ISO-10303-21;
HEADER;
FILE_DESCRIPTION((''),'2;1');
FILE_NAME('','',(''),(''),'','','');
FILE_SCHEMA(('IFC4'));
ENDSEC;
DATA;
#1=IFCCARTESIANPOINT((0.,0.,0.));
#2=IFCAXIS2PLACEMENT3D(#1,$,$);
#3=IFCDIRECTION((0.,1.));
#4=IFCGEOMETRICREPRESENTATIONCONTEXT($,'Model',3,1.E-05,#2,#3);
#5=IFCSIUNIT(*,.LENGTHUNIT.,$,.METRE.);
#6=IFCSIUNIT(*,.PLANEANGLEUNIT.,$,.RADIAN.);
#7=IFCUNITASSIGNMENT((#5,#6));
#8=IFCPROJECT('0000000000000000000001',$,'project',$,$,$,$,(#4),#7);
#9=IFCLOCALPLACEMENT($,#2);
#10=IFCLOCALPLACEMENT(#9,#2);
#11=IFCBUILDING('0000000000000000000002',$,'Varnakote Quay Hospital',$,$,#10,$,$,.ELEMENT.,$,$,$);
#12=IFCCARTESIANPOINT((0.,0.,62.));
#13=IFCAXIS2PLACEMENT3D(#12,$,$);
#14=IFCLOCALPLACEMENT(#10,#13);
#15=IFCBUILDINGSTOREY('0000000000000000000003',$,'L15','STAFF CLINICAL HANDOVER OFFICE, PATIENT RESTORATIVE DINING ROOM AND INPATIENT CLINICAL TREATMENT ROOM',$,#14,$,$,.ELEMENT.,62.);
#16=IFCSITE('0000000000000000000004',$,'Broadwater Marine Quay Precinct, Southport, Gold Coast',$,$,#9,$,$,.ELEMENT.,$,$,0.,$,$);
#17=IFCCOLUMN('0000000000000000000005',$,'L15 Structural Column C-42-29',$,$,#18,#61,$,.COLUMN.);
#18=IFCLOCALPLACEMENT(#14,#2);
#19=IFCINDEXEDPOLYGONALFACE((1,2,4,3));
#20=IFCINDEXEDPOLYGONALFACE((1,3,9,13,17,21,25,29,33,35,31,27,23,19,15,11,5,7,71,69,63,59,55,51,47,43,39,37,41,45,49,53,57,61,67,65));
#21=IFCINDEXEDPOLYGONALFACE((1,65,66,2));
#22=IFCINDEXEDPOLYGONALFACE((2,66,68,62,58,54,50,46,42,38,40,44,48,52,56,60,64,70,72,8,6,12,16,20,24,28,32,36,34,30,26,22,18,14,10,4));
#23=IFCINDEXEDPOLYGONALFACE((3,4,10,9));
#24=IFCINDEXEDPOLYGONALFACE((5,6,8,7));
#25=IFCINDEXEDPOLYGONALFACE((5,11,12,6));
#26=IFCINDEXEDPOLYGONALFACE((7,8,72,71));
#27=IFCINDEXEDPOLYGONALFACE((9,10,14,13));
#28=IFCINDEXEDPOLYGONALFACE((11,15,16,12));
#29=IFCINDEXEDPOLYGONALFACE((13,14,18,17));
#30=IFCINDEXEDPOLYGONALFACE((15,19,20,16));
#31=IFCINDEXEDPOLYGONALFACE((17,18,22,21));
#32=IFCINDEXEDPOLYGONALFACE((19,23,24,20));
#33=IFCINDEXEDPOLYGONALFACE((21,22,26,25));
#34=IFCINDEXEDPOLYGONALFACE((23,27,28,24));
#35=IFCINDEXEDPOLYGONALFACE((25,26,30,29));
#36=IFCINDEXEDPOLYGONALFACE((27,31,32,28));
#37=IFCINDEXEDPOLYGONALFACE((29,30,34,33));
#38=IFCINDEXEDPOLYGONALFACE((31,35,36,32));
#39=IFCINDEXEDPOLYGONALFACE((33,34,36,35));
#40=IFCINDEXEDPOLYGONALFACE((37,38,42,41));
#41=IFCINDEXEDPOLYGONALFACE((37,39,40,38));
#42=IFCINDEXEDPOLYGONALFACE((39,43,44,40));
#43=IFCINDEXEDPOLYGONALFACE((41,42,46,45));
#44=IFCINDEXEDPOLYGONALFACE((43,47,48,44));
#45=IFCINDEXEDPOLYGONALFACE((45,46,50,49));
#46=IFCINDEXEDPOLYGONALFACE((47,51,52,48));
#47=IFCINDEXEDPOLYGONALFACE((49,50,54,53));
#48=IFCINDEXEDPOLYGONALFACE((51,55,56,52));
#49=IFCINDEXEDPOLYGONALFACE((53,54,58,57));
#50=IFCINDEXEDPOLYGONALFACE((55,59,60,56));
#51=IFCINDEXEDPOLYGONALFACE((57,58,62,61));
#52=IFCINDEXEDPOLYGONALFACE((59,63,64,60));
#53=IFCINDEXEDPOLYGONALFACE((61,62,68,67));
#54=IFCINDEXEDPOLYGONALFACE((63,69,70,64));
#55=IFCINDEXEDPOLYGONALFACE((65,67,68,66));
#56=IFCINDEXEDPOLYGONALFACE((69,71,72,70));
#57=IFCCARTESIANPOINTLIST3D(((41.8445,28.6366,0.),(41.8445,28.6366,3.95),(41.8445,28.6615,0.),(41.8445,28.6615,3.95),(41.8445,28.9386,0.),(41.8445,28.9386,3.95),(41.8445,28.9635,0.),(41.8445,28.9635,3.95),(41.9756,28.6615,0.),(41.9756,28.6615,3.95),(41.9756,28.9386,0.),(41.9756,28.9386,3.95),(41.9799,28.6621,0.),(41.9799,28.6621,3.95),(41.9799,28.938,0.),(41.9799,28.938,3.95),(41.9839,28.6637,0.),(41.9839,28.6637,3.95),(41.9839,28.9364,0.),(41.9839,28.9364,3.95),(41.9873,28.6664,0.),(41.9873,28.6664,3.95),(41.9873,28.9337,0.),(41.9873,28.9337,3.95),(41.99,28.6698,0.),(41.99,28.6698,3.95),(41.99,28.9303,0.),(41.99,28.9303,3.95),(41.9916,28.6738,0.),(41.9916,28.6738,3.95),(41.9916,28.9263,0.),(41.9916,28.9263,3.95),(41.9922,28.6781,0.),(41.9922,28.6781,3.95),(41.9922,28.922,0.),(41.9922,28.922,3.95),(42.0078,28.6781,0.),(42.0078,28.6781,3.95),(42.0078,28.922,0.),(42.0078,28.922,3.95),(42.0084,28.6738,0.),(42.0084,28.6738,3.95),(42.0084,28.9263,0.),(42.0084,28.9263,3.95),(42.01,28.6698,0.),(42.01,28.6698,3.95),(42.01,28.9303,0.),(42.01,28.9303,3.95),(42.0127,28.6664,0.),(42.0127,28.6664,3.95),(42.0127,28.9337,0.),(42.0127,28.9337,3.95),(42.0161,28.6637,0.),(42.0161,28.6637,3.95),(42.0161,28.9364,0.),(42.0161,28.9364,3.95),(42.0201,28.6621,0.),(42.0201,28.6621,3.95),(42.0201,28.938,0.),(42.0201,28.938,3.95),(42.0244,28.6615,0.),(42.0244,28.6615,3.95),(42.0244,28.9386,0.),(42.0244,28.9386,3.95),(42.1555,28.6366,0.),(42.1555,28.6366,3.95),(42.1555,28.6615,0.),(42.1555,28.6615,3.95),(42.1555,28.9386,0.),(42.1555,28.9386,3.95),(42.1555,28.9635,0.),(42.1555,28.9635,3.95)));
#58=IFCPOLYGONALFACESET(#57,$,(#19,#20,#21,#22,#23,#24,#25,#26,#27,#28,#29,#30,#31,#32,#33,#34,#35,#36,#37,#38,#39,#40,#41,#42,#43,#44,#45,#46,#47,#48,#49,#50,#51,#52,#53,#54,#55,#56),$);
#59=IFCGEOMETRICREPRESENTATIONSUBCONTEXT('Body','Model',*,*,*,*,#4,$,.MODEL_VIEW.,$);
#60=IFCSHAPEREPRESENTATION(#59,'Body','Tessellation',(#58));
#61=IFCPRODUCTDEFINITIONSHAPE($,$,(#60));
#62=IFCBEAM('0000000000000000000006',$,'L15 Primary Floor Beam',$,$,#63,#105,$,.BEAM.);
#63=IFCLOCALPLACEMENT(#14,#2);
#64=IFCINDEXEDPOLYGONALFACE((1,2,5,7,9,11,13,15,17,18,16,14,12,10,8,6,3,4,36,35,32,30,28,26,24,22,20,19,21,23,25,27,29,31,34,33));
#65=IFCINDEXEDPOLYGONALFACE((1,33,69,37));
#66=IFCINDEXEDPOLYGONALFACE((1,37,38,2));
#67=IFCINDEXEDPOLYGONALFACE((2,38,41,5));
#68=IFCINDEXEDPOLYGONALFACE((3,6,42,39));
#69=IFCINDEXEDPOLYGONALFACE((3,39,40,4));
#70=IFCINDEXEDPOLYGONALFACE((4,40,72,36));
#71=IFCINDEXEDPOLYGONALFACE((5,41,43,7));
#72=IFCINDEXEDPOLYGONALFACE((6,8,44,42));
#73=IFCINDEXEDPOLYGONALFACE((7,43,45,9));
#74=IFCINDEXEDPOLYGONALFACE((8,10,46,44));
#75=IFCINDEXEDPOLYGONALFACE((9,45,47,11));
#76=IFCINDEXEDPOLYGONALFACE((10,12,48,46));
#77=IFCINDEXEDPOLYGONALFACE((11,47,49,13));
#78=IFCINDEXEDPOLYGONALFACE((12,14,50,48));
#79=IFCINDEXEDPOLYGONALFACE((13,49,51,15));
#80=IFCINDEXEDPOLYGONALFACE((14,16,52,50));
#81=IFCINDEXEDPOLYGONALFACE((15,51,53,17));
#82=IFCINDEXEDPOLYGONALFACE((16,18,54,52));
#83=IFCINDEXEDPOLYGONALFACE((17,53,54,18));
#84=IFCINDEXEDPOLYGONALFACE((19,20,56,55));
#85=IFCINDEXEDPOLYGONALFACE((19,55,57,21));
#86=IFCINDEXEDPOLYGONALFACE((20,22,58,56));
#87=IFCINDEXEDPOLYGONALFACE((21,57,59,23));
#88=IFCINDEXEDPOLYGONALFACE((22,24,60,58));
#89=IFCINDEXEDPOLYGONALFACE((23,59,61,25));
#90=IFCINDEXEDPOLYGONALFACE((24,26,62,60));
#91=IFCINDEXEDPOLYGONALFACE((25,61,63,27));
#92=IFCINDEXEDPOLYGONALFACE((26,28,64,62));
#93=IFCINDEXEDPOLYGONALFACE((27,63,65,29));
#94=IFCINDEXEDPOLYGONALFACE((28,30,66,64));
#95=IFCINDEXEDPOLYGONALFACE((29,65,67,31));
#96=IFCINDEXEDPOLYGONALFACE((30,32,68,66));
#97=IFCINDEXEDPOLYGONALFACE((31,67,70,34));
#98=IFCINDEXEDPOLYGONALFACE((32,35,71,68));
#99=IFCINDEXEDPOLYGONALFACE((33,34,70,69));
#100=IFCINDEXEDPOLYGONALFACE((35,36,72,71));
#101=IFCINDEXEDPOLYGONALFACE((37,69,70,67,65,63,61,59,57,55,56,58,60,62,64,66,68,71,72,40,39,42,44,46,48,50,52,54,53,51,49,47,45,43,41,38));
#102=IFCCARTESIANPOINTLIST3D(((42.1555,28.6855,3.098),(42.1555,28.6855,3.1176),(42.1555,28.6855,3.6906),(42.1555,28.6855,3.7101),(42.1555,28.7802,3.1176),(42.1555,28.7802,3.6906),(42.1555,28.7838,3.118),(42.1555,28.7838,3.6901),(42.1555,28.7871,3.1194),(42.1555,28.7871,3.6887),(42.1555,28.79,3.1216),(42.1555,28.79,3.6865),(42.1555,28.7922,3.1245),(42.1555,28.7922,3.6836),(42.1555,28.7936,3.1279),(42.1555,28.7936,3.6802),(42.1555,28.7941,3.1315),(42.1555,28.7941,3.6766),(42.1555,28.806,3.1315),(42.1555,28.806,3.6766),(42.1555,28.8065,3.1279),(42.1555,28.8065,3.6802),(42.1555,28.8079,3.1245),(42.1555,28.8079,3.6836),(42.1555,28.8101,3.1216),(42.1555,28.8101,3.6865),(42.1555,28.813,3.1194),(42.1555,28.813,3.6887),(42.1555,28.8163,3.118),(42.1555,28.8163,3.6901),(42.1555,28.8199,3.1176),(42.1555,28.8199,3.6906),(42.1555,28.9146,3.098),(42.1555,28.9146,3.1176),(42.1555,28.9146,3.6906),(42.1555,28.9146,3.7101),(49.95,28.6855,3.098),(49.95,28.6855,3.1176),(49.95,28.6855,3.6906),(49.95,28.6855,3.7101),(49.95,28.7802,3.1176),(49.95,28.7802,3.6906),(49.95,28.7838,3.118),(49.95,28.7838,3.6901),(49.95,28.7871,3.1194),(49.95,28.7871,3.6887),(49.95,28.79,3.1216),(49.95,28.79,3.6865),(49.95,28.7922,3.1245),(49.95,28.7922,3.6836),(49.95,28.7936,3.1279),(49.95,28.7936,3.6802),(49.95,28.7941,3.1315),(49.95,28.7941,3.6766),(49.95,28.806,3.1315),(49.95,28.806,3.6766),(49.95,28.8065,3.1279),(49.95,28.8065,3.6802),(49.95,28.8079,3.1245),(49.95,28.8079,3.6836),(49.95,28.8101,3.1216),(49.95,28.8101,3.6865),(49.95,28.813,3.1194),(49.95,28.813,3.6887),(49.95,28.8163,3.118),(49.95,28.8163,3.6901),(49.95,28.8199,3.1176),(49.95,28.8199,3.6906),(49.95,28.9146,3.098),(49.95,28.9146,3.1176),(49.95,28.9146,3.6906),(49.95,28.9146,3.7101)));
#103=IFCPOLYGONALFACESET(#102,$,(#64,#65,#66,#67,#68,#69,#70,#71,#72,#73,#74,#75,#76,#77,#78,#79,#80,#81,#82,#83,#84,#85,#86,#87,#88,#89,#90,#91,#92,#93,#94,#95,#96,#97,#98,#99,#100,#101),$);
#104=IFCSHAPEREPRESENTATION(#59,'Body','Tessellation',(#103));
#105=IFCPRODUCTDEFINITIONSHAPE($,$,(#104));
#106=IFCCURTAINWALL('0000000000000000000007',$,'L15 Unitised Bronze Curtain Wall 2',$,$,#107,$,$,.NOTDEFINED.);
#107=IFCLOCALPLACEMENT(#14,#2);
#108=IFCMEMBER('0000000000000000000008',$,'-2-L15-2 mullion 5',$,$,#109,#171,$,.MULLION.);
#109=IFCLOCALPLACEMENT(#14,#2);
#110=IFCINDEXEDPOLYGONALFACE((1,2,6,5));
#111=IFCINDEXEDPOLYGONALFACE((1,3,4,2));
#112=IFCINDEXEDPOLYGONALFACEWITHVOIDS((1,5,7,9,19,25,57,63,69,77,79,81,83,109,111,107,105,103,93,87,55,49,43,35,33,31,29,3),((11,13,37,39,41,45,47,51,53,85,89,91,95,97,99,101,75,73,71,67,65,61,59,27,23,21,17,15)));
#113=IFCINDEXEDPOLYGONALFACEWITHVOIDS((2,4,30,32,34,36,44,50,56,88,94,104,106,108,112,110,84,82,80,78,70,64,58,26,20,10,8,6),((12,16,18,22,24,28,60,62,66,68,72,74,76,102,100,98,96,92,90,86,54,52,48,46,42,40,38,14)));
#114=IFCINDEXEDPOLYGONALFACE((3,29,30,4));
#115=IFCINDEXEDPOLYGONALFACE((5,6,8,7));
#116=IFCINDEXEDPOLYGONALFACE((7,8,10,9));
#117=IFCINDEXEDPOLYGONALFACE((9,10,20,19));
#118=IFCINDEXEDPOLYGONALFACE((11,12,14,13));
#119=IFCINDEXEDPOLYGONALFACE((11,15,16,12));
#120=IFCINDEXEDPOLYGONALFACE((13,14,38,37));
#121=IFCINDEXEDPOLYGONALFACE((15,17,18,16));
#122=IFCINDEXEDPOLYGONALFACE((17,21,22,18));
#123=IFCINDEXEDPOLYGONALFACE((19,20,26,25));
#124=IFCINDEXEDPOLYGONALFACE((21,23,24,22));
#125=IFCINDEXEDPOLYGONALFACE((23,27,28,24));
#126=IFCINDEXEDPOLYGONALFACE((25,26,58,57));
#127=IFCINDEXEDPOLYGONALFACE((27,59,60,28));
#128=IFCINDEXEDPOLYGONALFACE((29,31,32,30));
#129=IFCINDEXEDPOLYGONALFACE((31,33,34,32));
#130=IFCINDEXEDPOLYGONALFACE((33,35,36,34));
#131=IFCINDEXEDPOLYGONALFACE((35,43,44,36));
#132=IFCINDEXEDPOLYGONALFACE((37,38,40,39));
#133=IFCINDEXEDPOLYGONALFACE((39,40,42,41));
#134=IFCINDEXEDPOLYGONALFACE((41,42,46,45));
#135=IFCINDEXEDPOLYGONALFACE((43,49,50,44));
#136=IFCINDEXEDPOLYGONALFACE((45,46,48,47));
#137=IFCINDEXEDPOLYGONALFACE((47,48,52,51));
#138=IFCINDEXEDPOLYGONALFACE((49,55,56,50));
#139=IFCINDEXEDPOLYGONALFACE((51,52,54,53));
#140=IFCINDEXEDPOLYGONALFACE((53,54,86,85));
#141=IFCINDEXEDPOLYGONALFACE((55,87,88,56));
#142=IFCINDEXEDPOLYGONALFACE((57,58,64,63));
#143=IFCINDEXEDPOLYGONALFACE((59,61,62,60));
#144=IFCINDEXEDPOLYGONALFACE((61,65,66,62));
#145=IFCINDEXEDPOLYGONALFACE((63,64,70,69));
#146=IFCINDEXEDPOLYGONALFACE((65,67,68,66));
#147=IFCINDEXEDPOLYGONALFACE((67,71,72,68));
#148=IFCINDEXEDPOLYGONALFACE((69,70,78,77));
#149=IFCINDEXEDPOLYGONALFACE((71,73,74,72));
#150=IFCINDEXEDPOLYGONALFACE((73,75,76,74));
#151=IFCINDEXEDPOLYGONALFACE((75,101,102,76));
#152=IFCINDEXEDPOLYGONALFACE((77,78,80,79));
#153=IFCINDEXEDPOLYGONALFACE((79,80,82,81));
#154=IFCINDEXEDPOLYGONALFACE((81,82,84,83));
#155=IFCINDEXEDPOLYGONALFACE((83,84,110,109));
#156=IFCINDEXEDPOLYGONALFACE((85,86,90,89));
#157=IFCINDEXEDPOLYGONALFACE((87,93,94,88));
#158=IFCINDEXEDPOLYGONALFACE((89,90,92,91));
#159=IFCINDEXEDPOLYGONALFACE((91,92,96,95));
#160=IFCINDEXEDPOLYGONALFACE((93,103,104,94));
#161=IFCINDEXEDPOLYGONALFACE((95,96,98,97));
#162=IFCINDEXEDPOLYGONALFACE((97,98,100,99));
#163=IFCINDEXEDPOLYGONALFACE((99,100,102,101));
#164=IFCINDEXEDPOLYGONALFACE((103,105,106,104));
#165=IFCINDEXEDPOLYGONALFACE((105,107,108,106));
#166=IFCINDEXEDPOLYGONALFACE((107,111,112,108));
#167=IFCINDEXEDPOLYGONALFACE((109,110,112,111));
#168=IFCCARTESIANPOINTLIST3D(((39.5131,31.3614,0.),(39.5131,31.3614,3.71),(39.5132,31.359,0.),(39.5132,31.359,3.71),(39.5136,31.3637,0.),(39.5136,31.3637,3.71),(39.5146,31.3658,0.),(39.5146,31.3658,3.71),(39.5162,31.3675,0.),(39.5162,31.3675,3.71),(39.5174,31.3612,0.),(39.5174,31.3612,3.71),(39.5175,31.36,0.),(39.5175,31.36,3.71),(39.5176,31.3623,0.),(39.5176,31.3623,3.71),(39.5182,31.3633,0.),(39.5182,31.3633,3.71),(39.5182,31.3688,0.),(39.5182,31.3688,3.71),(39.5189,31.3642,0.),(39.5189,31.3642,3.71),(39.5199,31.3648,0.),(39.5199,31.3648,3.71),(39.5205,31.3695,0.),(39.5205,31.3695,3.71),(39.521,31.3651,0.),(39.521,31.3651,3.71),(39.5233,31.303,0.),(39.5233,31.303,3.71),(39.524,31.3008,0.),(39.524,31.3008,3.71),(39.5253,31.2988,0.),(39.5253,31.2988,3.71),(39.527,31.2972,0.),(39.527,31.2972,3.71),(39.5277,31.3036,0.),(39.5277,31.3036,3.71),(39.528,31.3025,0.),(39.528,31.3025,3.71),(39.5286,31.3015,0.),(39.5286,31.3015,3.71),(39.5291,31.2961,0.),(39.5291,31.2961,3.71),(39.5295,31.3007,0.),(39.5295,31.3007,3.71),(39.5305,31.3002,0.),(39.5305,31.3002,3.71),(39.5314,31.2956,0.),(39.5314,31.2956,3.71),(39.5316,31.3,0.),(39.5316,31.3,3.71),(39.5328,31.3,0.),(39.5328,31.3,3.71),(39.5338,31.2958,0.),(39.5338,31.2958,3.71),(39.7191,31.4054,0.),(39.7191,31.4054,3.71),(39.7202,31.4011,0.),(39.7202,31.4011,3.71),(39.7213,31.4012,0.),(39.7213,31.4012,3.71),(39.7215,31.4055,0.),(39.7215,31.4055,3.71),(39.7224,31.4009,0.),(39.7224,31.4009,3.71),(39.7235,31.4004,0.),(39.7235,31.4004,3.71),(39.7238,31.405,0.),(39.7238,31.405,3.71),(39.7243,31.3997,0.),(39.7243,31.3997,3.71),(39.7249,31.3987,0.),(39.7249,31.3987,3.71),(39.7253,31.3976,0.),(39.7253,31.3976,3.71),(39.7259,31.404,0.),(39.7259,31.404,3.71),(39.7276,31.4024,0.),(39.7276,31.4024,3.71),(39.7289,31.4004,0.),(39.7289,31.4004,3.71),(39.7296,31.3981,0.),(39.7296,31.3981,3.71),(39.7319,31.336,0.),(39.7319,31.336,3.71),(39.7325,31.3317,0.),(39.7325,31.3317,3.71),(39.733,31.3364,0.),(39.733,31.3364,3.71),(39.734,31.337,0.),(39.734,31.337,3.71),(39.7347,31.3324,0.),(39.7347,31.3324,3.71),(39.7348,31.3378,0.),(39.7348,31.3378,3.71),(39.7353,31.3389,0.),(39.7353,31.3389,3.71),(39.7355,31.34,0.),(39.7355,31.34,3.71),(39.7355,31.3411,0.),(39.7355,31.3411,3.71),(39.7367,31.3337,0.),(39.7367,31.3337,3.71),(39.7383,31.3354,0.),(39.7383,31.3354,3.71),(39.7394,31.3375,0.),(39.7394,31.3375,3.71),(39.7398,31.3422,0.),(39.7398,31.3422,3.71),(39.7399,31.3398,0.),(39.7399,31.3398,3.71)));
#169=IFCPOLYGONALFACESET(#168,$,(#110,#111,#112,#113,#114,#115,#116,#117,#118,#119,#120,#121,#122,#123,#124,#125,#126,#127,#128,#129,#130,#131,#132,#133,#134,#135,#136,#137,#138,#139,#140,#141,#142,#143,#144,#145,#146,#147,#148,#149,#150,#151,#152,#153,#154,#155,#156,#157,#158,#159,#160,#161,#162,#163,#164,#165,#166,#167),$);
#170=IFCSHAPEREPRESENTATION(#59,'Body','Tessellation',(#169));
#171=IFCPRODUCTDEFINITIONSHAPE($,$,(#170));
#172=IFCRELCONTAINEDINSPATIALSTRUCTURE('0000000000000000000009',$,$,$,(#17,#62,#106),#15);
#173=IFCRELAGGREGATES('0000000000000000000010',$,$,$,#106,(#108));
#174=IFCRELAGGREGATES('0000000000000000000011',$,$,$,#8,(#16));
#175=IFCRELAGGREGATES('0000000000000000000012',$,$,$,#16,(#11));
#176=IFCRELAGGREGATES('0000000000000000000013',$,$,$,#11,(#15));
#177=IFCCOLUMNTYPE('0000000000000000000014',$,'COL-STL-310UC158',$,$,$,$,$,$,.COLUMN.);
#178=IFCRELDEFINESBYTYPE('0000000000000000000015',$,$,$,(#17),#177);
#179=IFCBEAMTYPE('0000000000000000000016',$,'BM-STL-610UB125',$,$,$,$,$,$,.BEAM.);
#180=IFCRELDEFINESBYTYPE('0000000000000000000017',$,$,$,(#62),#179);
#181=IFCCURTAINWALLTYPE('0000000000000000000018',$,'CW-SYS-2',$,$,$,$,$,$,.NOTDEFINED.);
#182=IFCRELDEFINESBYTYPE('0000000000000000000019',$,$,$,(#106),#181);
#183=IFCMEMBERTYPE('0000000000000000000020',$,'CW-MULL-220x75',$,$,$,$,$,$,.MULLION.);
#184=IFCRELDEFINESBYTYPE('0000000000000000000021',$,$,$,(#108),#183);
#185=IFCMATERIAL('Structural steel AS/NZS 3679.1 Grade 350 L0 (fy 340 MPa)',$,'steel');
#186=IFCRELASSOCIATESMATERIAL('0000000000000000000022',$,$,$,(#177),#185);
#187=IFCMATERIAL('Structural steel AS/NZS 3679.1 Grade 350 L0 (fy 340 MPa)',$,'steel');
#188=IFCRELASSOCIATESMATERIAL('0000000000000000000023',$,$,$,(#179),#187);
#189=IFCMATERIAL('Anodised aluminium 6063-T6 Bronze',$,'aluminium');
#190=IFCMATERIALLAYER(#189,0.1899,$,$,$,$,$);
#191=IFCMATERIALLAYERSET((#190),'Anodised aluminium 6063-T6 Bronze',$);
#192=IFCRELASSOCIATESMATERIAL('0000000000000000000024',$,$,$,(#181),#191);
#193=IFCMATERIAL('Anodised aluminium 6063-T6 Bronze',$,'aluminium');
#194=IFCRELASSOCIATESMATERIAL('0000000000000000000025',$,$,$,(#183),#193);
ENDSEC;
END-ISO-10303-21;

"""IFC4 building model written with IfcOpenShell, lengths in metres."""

from ifc_helpers import new_model, si_unit, direction, frame, origin, origin_2d, place, context, subcontext, project, spatial, hollow_rectangle, i_section, extrude, material, layer, layer_set, material_profile, profile_set, type_object, element, aggregate, save


model = new_model("IFC4")

# Units and contexts
model_context = context("Model", 3, precision=1e-05, world=origin(), true_north=direction((0.0, 1.0)))
body_context = subcontext(model_context, "Body", "Model", "MODEL_VIEW")
ifc_project = project(units=[si_unit("LENGTHUNIT", "METRE"), si_unit("PLANEANGLEUNIT", "RADIAN")], contexts=[model_context])

# Site, building, storey
site_placement = place(None, origin())
site = spatial("IfcSite", under=ifc_project, at=site_placement, Name="Broadwater Marine Quay Precinct, Southport, Gold Coast", CompositionType="ELEMENT", RefElevation=0.0)
building_placement = place(site_placement, origin())
building = spatial("IfcBuilding", under=site, at=building_placement, Name="Varnakote Quay Hospital", CompositionType="ELEMENT")
storey_placement = place(building_placement, frame((0.0, 0.0, 62.0)))
storey = spatial("IfcBuildingStorey", under=building, at=storey_placement, Name="L15", Description="STAFF CLINICAL HANDOVER OFFICE, PATIENT RESTORATIVE DINING ROOM AND INPATIENT CLINICAL TREATMENT ROOM", CompositionType="ELEMENT", Elevation=62.0)

# Column
ifc_material_1 = material(Name="Structural steel AS/NZS 3679.1 Grade 350 L0 (fy 340 MPa)", Category="steel")
ifc_material_profile_1 = material_profile(ifc_material_1, i_section(OverallWidth=0.311, OverallDepth=0.3269, WebThickness=0.0156, FlangeThickness=0.0249, FilletRadius=0.0166, at=origin_2d()), Name="310UC158")
ifc_profile_set_1 = profile_set([ifc_material_profile_1], Name="Structural steel AS/NZS 3679.1 Grade 350 L0 (fy 340 MPa)")
column_type = type_object("IfcColumnType", Name="COL-STL-310UC158", PredefinedType="COLUMN", material=ifc_profile_set_1)
column_placement = place(storey_placement, frame((42.0, 28.8, 0.0), z_axis=(0.0, 0.0, 1.0), x_axis=(1.0, 0.0, 0.0)))
element("IfcColumn", 1, at=column_placement, inside=storey, type_object=column_type, Name="L15 Structural Column C-42-29", PredefinedType="COLUMN", context=body_context, shape_type="SweptSolid", body=[
    extrude(i_section(OverallWidth=0.311, OverallDepth=0.3269, WebThickness=0.0156, FlangeThickness=0.0249, FilletRadius=0.0166, at=origin_2d()), origin(), (0.0, 0.0, 1.0), 3.95),
])

# Beam
ifc_material_2 = material(Name="Structural steel AS/NZS 3679.1 Grade 350 L0 (fy 340 MPa)", Category="steel")
ifc_material_profile_2 = material_profile(ifc_material_2, i_section(OverallWidth=0.229, OverallDepth=0.6121, WebThickness=0.012, FlangeThickness=0.0195, FilletRadius=0.0139, at=origin_2d()), Name="610UB125")
ifc_profile_set_2 = profile_set([ifc_material_profile_2], Name="Structural steel AS/NZS 3679.1 Grade 350 L0 (fy 340 MPa)")
beam_type_1 = type_object("IfcBeamType", Name="BM-STL-610UB125", PredefinedType="BEAM", material=ifc_profile_set_2)
beam_1_placement = place(storey_placement, frame((42.1555, 28.8, 3.4041), z_axis=(1.0, 0.0, 0.0), x_axis=(0.0, 1.0, 0.0)))
element("IfcBeam", 2, at=beam_1_placement, inside=storey, type_object=beam_type_1, Name="L15 Primary Floor Beam", PredefinedType="BEAM", context=body_context, shape_type="SweptSolid", body=[
    extrude(i_section(OverallWidth=0.229, OverallDepth=0.6121, WebThickness=0.012, FlangeThickness=0.0195, FilletRadius=0.0139, at=origin_2d()), origin(), (0.0, 0.0, 1.0), 7.7944),
])

# Curtain wall, member
ifc_material_3 = material(Name="Anodised aluminium 6063-T6 Bronze", Category="aluminium")
ifc_layer_1 = layer(ifc_material_3, 0.1899)
ifc_layer_set_1 = layer_set([ifc_layer_1], Name="Anodised aluminium 6063-T6 Bronze")
curtain_wall_type = type_object("IfcCurtainWallType", Name="CW-SYS-2", PredefinedType="NOTDEFINED", material=ifc_layer_set_1)
curtain_wall_placement = place(storey_placement, origin())
curtain_wall = element("IfcCurtainWall", 3, at=curtain_wall_placement, inside=storey, type_object=curtain_wall_type, Name="L15 Unitised Bronze Curtain Wall 2", PredefinedType="NOTDEFINED")
ifc_material_4 = material(Name="Anodised aluminium 6063-T6 Bronze", Category="aluminium")
ifc_material_profile_3 = material_profile(ifc_material_4, hollow_rectangle(XDim=0.075, YDim=0.22, WallThickness=0.0044, InnerFilletRadius=0.0044, OuterFilletRadius=0.009, at=origin_2d()), Name="CW-MULL-220x75")
ifc_profile_set_3 = profile_set([ifc_material_profile_3], Name="Anodised aluminium 6063-T6 Bronze")
member_type_1 = type_object("IfcMemberType", Name="CW-MULL-220x75", PredefinedType="MULLION", material=ifc_profile_set_3)
member_1_placement = place(storey_placement, frame((39.6265, 31.3506, 0.0), z_axis=(0.0, 0.0, 1.0), x_axis=(0.177846, -0.984058, 0.0)))
member_1 = element("IfcMember", 4, at=member_1_placement, type_object=member_type_1, Name="-2-L15-2 mullion 5", PredefinedType="MULLION", context=body_context, shape_type="SweptSolid", body=[
    extrude(hollow_rectangle(XDim=0.075, YDim=0.22, WallThickness=0.0044, InnerFilletRadius=0.0044, OuterFilletRadius=0.009, at=origin_2d()), origin(), (0.0, 0.0, 1.0), 3.71),
])

aggregate(curtain_wall, [member_1])

save(model, "model.ifc")
